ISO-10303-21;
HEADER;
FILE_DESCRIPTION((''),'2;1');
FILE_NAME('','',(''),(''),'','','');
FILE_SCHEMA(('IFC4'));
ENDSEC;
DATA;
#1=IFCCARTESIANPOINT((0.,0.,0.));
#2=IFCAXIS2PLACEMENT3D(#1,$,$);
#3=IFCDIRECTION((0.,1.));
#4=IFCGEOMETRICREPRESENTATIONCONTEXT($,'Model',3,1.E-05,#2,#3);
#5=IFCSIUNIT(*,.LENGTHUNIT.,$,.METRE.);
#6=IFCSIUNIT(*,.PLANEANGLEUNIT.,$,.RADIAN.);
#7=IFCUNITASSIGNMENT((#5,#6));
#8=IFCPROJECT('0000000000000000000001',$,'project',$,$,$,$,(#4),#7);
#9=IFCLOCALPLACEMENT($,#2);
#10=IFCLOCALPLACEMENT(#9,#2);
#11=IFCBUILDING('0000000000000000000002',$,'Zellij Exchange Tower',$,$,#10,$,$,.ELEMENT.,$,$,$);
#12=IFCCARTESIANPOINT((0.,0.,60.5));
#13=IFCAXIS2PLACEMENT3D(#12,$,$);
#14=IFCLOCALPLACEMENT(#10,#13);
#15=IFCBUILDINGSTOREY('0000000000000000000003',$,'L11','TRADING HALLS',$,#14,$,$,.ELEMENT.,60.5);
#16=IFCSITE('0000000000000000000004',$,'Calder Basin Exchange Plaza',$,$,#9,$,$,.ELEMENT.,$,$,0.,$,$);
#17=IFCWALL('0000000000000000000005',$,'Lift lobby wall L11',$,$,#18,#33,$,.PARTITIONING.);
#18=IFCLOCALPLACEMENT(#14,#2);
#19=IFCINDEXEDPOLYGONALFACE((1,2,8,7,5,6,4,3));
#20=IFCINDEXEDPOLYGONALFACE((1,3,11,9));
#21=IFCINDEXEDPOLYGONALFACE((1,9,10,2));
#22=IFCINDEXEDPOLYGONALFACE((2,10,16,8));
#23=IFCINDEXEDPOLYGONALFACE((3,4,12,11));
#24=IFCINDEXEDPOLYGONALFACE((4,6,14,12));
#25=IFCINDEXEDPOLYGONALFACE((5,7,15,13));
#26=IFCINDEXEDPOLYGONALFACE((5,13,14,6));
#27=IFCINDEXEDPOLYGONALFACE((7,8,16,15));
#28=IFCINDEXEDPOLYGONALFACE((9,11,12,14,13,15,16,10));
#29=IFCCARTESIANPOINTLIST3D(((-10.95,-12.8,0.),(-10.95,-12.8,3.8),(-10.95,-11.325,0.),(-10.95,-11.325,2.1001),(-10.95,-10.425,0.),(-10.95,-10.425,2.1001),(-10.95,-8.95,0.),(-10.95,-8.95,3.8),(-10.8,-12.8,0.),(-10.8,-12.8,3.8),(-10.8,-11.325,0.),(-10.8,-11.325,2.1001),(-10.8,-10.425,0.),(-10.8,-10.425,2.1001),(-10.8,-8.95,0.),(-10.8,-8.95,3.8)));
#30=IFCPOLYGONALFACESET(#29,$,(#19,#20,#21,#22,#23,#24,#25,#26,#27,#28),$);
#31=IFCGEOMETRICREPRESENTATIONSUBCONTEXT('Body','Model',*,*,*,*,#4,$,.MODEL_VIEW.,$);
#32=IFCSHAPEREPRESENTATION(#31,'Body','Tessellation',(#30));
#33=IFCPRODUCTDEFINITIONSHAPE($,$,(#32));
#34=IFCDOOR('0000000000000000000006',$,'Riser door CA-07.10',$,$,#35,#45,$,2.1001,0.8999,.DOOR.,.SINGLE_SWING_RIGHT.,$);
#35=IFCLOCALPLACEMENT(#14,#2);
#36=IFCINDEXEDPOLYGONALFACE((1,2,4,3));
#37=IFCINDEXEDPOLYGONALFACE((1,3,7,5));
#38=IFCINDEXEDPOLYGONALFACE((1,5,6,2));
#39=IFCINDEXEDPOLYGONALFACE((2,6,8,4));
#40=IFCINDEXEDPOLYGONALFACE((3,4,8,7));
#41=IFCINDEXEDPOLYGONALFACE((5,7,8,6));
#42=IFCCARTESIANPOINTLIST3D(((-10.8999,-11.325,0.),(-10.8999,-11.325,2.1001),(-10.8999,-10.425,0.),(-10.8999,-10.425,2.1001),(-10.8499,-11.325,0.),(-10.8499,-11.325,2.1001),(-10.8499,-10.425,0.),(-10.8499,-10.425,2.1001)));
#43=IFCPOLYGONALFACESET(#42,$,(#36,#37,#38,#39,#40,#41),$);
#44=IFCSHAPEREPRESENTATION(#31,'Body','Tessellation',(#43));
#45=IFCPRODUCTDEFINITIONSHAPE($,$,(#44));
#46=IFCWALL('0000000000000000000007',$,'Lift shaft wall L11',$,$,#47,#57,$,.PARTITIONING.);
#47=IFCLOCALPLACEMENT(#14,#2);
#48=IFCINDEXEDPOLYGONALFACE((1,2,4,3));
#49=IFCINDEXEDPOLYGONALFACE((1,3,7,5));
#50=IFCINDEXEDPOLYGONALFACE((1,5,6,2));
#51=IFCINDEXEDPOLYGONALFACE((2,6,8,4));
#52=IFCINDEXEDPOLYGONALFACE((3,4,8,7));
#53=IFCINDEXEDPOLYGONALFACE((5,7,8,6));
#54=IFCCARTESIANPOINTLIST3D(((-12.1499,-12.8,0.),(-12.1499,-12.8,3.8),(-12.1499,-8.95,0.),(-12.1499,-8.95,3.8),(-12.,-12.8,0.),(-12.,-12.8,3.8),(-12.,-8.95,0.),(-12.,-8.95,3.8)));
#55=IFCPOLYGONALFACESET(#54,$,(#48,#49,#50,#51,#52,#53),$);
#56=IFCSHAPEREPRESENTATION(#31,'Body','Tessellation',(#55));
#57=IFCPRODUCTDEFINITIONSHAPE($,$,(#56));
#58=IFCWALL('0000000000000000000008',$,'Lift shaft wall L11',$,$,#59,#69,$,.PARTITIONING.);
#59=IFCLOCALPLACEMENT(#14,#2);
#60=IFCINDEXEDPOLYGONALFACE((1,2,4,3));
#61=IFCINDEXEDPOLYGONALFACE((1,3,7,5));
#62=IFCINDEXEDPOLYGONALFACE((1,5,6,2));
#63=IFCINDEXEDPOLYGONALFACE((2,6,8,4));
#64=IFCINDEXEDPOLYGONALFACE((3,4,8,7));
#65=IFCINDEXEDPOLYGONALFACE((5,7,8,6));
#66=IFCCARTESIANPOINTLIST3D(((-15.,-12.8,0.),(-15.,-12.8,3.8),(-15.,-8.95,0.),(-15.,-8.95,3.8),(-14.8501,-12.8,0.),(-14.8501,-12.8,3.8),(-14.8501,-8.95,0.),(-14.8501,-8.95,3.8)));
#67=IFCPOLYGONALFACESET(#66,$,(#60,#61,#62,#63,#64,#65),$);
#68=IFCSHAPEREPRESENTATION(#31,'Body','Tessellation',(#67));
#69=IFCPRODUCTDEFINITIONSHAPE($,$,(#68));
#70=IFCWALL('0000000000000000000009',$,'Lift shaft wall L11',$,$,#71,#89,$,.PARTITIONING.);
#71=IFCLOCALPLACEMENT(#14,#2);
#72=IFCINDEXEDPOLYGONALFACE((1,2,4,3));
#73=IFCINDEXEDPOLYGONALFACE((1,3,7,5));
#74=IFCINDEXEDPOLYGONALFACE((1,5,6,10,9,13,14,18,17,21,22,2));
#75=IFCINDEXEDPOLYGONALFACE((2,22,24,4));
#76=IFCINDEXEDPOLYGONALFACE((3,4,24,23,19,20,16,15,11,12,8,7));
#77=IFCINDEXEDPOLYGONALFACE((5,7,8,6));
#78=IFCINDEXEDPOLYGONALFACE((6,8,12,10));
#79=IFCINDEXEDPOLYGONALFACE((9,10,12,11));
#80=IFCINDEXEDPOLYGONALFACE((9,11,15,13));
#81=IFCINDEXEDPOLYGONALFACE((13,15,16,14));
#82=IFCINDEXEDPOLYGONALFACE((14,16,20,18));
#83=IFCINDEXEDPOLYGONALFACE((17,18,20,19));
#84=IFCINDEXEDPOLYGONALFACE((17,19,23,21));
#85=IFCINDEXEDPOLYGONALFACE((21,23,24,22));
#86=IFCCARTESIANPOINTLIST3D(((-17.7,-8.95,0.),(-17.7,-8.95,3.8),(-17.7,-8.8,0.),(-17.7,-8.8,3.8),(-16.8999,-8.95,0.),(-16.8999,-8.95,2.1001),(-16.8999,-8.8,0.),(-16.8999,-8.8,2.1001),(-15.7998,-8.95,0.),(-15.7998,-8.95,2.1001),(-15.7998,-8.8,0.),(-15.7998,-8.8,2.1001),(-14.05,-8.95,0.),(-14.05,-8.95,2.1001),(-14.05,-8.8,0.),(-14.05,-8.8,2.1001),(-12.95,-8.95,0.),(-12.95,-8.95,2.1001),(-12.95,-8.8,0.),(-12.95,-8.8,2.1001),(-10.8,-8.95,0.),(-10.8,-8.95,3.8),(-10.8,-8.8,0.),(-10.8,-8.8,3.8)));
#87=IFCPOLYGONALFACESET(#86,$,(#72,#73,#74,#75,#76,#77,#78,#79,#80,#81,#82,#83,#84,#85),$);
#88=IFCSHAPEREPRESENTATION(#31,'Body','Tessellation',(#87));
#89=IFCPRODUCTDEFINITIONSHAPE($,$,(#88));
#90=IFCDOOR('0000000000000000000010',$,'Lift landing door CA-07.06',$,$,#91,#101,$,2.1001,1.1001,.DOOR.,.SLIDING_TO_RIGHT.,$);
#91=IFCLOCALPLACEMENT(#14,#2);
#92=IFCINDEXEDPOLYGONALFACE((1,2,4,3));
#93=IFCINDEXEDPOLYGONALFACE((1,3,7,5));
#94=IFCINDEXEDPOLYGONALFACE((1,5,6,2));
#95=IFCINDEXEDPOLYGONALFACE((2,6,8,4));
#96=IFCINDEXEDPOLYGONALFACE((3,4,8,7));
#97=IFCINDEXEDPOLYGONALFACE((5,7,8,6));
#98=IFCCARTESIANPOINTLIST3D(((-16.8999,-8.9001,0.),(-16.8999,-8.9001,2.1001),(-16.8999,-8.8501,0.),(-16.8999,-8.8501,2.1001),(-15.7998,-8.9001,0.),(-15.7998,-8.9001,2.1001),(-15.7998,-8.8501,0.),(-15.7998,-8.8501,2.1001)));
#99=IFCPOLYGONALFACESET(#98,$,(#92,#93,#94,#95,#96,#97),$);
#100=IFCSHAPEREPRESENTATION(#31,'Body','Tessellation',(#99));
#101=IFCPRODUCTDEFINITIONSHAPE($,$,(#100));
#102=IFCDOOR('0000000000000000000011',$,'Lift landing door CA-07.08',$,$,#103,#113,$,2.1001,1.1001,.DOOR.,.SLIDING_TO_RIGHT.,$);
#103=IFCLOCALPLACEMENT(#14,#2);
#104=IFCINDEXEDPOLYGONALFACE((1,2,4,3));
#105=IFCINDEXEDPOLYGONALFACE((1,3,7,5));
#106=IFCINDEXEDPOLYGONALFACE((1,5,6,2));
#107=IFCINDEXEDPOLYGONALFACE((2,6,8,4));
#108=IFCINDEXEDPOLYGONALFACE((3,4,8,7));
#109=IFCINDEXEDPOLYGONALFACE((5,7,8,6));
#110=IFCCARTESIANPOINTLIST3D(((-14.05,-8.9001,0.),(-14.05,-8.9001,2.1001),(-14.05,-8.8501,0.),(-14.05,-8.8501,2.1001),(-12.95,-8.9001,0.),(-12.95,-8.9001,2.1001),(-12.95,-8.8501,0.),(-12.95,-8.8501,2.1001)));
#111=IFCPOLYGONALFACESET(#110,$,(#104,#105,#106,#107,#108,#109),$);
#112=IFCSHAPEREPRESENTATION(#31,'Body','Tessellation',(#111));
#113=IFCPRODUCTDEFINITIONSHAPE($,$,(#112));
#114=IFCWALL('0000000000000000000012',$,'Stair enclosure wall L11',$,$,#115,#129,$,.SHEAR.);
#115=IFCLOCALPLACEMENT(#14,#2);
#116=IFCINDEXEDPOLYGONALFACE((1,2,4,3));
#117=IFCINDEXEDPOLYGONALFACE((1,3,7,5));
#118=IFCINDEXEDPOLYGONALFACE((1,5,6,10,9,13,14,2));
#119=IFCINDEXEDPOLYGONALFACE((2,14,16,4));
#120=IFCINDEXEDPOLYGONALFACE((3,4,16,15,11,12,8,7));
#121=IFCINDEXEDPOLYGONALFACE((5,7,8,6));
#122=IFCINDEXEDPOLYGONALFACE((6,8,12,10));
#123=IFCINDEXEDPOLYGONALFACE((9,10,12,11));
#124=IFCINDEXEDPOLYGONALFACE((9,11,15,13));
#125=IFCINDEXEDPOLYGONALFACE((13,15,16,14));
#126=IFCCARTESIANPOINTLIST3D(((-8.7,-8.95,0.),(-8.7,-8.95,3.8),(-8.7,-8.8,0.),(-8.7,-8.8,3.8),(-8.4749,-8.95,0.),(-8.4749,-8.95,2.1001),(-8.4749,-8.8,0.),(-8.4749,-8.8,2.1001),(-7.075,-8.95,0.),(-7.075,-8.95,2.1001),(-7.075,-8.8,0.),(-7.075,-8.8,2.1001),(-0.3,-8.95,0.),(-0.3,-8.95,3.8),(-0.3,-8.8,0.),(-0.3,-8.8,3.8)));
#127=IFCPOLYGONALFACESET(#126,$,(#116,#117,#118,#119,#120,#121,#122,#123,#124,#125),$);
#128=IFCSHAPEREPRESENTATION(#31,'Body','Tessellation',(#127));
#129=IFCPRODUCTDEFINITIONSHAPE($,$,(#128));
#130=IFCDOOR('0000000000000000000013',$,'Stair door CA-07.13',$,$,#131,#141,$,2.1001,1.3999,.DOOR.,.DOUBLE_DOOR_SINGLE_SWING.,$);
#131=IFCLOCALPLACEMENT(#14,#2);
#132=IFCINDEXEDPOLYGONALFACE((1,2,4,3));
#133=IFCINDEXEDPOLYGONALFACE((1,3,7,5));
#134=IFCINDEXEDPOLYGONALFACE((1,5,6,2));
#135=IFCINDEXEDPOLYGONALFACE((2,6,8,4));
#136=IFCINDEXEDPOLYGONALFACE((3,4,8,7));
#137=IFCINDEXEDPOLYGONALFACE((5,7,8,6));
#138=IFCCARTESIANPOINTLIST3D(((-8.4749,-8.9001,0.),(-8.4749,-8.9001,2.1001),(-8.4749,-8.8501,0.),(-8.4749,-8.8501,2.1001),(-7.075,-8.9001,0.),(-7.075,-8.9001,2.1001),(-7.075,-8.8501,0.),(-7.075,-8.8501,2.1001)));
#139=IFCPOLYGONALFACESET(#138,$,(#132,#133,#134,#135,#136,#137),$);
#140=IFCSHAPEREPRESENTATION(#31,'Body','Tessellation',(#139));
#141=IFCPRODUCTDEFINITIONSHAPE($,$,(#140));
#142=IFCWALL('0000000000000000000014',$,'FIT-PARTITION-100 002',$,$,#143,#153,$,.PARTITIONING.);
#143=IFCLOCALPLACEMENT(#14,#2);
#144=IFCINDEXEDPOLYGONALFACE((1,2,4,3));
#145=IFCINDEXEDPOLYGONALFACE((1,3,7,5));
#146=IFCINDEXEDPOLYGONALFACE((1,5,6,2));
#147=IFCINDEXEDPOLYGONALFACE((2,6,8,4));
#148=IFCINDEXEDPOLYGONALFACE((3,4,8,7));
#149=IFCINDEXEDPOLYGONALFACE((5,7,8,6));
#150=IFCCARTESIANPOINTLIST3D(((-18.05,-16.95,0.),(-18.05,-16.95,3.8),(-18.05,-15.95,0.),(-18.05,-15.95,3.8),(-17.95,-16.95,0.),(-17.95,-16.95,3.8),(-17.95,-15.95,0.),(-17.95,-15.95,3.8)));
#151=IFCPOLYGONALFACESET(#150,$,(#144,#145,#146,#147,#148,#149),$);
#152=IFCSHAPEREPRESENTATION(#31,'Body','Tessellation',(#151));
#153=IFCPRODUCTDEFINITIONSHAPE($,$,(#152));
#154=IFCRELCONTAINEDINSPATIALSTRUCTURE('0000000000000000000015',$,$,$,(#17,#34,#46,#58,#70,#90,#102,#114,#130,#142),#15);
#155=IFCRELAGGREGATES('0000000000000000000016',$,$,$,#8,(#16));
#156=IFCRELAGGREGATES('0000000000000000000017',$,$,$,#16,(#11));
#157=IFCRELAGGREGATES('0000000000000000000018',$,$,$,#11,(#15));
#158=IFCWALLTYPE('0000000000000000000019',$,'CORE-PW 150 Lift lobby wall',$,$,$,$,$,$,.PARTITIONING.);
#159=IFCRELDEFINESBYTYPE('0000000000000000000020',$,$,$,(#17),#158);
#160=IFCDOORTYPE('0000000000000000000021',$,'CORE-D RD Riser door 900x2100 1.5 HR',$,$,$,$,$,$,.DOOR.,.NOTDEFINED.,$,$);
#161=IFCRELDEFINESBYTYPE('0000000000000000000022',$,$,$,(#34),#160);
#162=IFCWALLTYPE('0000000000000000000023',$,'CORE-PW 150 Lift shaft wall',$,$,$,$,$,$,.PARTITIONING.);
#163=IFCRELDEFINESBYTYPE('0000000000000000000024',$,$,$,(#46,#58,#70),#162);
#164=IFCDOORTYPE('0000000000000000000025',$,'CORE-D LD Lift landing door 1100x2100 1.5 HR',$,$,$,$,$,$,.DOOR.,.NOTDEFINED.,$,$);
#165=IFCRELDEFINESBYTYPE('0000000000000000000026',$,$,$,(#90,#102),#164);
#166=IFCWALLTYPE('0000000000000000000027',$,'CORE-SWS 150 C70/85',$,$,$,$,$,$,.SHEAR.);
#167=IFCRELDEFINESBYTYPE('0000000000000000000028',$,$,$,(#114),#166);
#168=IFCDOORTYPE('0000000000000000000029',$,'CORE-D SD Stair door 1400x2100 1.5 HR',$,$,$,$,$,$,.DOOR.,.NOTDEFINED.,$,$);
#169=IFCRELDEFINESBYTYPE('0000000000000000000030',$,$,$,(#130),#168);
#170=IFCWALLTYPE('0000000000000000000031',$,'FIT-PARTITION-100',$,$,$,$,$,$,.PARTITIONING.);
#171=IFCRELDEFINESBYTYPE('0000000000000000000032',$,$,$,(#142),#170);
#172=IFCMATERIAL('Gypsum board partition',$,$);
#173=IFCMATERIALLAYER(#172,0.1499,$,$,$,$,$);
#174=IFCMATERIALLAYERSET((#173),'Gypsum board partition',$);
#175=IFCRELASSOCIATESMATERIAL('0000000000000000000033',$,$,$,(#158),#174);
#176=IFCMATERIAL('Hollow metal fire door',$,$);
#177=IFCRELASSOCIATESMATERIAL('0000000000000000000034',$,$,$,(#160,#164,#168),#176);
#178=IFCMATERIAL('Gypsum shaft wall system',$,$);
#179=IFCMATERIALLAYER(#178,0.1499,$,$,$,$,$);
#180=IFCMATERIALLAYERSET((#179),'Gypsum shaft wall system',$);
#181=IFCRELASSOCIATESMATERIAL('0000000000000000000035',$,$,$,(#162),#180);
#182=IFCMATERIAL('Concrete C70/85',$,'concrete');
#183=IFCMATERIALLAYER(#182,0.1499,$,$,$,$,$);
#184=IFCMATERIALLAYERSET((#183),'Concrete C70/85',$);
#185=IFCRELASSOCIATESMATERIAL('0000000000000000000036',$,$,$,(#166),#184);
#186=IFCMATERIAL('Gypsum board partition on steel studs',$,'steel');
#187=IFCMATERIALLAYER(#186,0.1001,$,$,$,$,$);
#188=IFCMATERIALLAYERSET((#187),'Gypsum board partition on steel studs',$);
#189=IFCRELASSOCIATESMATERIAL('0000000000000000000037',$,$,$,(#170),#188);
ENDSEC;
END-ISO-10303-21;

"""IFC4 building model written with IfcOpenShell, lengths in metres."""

from ifc_helpers import new_model, si_unit, direction, frame, frame_2d, origin, place, context, subcontext, project, spatial, rectangle, extrude, material, layer, layer_set, type_object, element, fill, save


model = new_model("IFC4")

# Units and contexts
model_context = context("Model", 3, precision=1e-05, world=origin(), true_north=direction((0.0, 1.0)))
body_context = subcontext(model_context, "Body", "Model", "MODEL_VIEW")
ifc_project = project(units=[si_unit("LENGTHUNIT", "METRE"), si_unit("PLANEANGLEUNIT", "RADIAN")], contexts=[model_context])

# Site, building, storey
site_placement = place(None, origin())
site = spatial("IfcSite", under=ifc_project, at=site_placement, Name="Calder Basin Exchange Plaza", CompositionType="ELEMENT", RefElevation=0.0)
building_placement = place(site_placement, origin())
building = spatial("IfcBuilding", under=site, at=building_placement, Name="Zellij Exchange Tower", CompositionType="ELEMENT")
storey_placement = place(building_placement, frame((0.0, 0.0, 60.5)))
storey = spatial("IfcBuildingStorey", under=building, at=storey_placement, Name="L11", Description="TRADING HALLS", CompositionType="ELEMENT", Elevation=60.5)

# Shared definitions
ifc_material_1 = material(Name="Concrete C70/85", Category="concrete")

# Wall, opening, door
ifc_material_2 = material(Name="Gypsum shaft wall system")
ifc_material_3 = material(Name="Hollow metal fire door")
ifc_material_4 = material(Name="Gypsum board partition")
ifc_layer_1 = layer(ifc_material_4, 0.1499)
ifc_layer_set_1 = layer_set([ifc_layer_1], Name="Gypsum board partition")
wall_type_1 = type_object("IfcWallType", Name="CORE-PW 150 Lift lobby wall", PredefinedType="PARTITIONING", material=ifc_layer_set_1)
wall_1_placement = place(storey_placement, frame((-10.875, -12.8, 0.0), z_axis=(0.0, 0.0, 1.0), x_axis=(0.0, 1.0, 0.0)))
wall_1 = element("IfcWall", 1, at=wall_1_placement, inside=storey, type_object=wall_type_1, Name="Lift lobby wall L11", PredefinedType="PARTITIONING", context=body_context, shape_type="SweptSolid", body=[
    extrude(rectangle(XDim=3.8501, YDim=0.1499, at=frame_2d((1.925, 0.0))), origin(), (0.0, 0.0, 1.0), 3.8),
])
opening_1_placement = place(wall_1_placement, frame((1.4751, 0.0, 0.0)))
opening_1 = element("IfcOpeningElement", 2, at=opening_1_placement, cuts=wall_1, PredefinedType="OPENING", context=body_context, shape_type="SweptSolid", body=[
    extrude(rectangle(XDim=0.8999, YDim=2.1001, at=frame_2d((0.45, 1.05))), frame((0.0, 0.0869, 0.0), z_axis=(0.0, -1.0, 0.0), x_axis=(1.0, 0.0, 0.0)), (0.0, 0.0, 1.0), 0.1738),
])
door_type_1 = type_object("IfcDoorType", Name="CORE-D RD Riser door 900x2100 1.5 HR", OperationType="NOTDEFINED", PredefinedType="DOOR", material=ifc_material_3)
door_1_placement = place(opening_1_placement, origin())
door_1 = element("IfcDoor", 3, at=door_1_placement, inside=storey, type_object=door_type_1, Name="Riser door CA-07.10", OperationType="SINGLE_SWING_RIGHT", OverallHeight=2.1001, OverallWidth=0.8999, PredefinedType="DOOR", context=body_context, shape_type="SweptSolid", body=[
    extrude(rectangle(XDim=0.8999, YDim=2.1001, at=frame_2d((0.45, 1.05))), frame((0.0, 0.0249, 0.0), z_axis=(0.0, -1.0, 0.0), x_axis=(1.0, 0.0, 0.0)), (0.0, 0.0, 1.0), 0.05),
])
fill(opening_1, door_1)

# Walls
ifc_layer_2 = layer(ifc_material_2, 0.1499)
ifc_layer_set_2 = layer_set([ifc_layer_2], Name="Gypsum shaft wall system")
wall_type_2 = type_object("IfcWallType", Name="CORE-PW 150 Lift shaft wall", PredefinedType="PARTITIONING", material=ifc_layer_set_2)
for number, where, z_axis, x_axis, name in (
    (4, (-12.075, -12.8, 0.0), (0.0, 0.0, 1.0), (0.0, 1.0, 0.0), "Lift shaft wall L11"),
    (5, (-14.925, -12.8, 0.0), (0.0, 0.0, 1.0), (0.0, 1.0, 0.0), "Lift shaft wall L11"),
):
    element("IfcWall", number, at=place(storey_placement, frame(where, z_axis=z_axis, x_axis=x_axis)), inside=storey, type_object=wall_type_2, Name=name, PredefinedType="PARTITIONING", context=body_context, shape_type="SweptSolid", body=[
        extrude(rectangle(XDim=3.8501, YDim=0.1499, at=frame_2d((1.925, 0.0))), origin(), (0.0, 0.0, 1.0), 3.8),
    ])

# Wall, openings, doors
wall_2_placement = place(storey_placement, frame((-17.7, -8.875, 0.0), z_axis=(0.0, 0.0, 1.0), x_axis=(1.0, 0.0, 0.0)))
wall_2 = element("IfcWall", 6, at=wall_2_placement, inside=storey, type_object=wall_type_2, Name="Lift shaft wall L11", PredefinedType="PARTITIONING", context=body_context, shape_type="SweptSolid", body=[
    extrude(rectangle(XDim=6.8999, YDim=0.1499, at=frame_2d((3.45, 0.0))), origin(), (0.0, 0.0, 1.0), 3.8),
])
opening_2_placement = place(wall_2_placement, frame((0.8, 0.0, 0.0)))
opening_2 = element("IfcOpeningElement", 7, at=opening_2_placement, cuts=wall_2, PredefinedType="OPENING", context=body_context, shape_type="SweptSolid", body=[
    extrude(rectangle(XDim=1.1001, YDim=2.1001, at=frame_2d((0.55, 1.05))), frame((0.0, 0.0869, 0.0), z_axis=(0.0, -1.0, 0.0), x_axis=(1.0, 0.0, 0.0)), (0.0, 0.0, 1.0), 0.1738),
])
opening_3_placement = place(wall_2_placement, frame((3.6499, 0.0, 0.0)))
opening_3 = element("IfcOpeningElement", 8, at=opening_3_placement, cuts=wall_2, PredefinedType="OPENING", context=body_context, shape_type="SweptSolid", body=[
    extrude(rectangle(XDim=1.1001, YDim=2.1001, at=frame_2d((0.55, 1.05))), frame((0.0, 0.0869, 0.0), z_axis=(0.0, -1.0, 0.0), x_axis=(1.0, 0.0, 0.0)), (0.0, 0.0, 1.0), 0.1738),
])
door_type_2 = type_object("IfcDoorType", Name="CORE-D LD Lift landing door 1100x2100 1.5 HR", OperationType="NOTDEFINED", PredefinedType="DOOR", material=ifc_material_3)
door_2_placement = place(opening_2_placement, origin())
door_2 = element("IfcDoor", 9, at=door_2_placement, inside=storey, type_object=door_type_2, Name="Lift landing door CA-07.06", OperationType="SLIDING_TO_RIGHT", OverallHeight=2.1001, OverallWidth=1.1001, PredefinedType="DOOR", context=body_context, shape_type="SweptSolid", body=[
    extrude(rectangle(XDim=1.1001, YDim=2.1001, at=frame_2d((0.55, 1.05))), frame((0.0, 0.0249, 0.0), z_axis=(0.0, -1.0, 0.0), x_axis=(1.0, 0.0, 0.0)), (0.0, 0.0, 1.0), 0.05),
])
fill(opening_2, door_2)
door_3_placement = place(opening_3_placement, origin())
door_3 = element("IfcDoor", 10, at=door_3_placement, inside=storey, type_object=door_type_2, Name="Lift landing door CA-07.08", OperationType="SLIDING_TO_RIGHT", OverallHeight=2.1001, OverallWidth=1.1001, PredefinedType="DOOR", context=body_context, shape_type="SweptSolid", body=[
    extrude(rectangle(XDim=1.1001, YDim=2.1001, at=frame_2d((0.55, 1.05))), frame((0.0, 0.0249, 0.0), z_axis=(0.0, -1.0, 0.0), x_axis=(1.0, 0.0, 0.0)), (0.0, 0.0, 1.0), 0.05),
])
fill(opening_3, door_3)

# Wall, opening, door
ifc_layer_3 = layer(ifc_material_1, 0.1499)
ifc_layer_set_3 = layer_set([ifc_layer_3], Name="Concrete C70/85")
wall_type_3 = type_object("IfcWallType", Name="CORE-SWS 150 C70/85", PredefinedType="SHEAR", material=ifc_layer_set_3)
wall_3_placement = place(storey_placement, frame((-8.7, -8.875, 0.0), z_axis=(0.0, 0.0, 1.0), x_axis=(1.0, 0.0, 0.0)))
wall_3 = element("IfcWall", 11, at=wall_3_placement, inside=storey, type_object=wall_type_3, Name="Stair enclosure wall L11", PredefinedType="SHEAR", context=body_context, shape_type="SweptSolid", body=[
    extrude(rectangle(XDim=8.3999, YDim=0.1499, at=frame_2d((4.2, 0.0))), origin(), (0.0, 0.0, 1.0), 3.8),
])
opening_4_placement = place(wall_3_placement, frame((0.2251, 0.0, 0.0)))
opening_4 = element("IfcOpeningElement", 12, at=opening_4_placement, cuts=wall_3, PredefinedType="OPENING", context=body_context, shape_type="SweptSolid", body=[
    extrude(rectangle(XDim=1.3999, YDim=2.1001, at=frame_2d((0.7, 1.05))), frame((0.0, 0.0869, 0.0), z_axis=(0.0, -1.0, 0.0), x_axis=(1.0, 0.0, 0.0)), (0.0, 0.0, 1.0), 0.1738),
])
door_type_3 = type_object("IfcDoorType", Name="CORE-D SD Stair door 1400x2100 1.5 HR", OperationType="NOTDEFINED", PredefinedType="DOOR", material=ifc_material_3)
door_4_placement = place(opening_4_placement, origin())
door_4 = element("IfcDoor", 13, at=door_4_placement, inside=storey, type_object=door_type_3, Name="Stair door CA-07.13", OperationType="DOUBLE_DOOR_SINGLE_SWING", OverallHeight=2.1001, OverallWidth=1.3999, PredefinedType="DOOR", context=body_context, shape_type="SweptSolid", body=[
    extrude(rectangle(XDim=1.3999, YDim=2.1001, at=frame_2d((0.7, 1.05))), frame((0.0, 0.0249, 0.0), z_axis=(0.0, -1.0, 0.0), x_axis=(1.0, 0.0, 0.0)), (0.0, 0.0, 1.0), 0.05),
])
fill(opening_4, door_4)

# Wall
ifc_material_5 = material(Name="Gypsum board partition on steel studs", Category="steel")
ifc_layer_4 = layer(ifc_material_5, 0.1001)
ifc_layer_set_4 = layer_set([ifc_layer_4], Name="Gypsum board partition on steel studs")
wall_type_4 = type_object("IfcWallType", Name="FIT-PARTITION-100", PredefinedType="PARTITIONING", material=ifc_layer_set_4)
wall_4_placement = place(storey_placement, frame((-18.0, -16.95, 0.0), z_axis=(0.0, 0.0, 1.0), x_axis=(0.0, 1.0, 0.0)))
element("IfcWall", 14, at=wall_4_placement, inside=storey, type_object=wall_type_4, Name="FIT-PARTITION-100 002", PredefinedType="PARTITIONING", context=body_context, shape_type="SweptSolid", body=[
    extrude(rectangle(XDim=1.0, YDim=0.1001, at=frame_2d((0.5, 0.0))), origin(), (0.0, 0.0, 1.0), 3.8),
])

save(model, "model.ifc")
